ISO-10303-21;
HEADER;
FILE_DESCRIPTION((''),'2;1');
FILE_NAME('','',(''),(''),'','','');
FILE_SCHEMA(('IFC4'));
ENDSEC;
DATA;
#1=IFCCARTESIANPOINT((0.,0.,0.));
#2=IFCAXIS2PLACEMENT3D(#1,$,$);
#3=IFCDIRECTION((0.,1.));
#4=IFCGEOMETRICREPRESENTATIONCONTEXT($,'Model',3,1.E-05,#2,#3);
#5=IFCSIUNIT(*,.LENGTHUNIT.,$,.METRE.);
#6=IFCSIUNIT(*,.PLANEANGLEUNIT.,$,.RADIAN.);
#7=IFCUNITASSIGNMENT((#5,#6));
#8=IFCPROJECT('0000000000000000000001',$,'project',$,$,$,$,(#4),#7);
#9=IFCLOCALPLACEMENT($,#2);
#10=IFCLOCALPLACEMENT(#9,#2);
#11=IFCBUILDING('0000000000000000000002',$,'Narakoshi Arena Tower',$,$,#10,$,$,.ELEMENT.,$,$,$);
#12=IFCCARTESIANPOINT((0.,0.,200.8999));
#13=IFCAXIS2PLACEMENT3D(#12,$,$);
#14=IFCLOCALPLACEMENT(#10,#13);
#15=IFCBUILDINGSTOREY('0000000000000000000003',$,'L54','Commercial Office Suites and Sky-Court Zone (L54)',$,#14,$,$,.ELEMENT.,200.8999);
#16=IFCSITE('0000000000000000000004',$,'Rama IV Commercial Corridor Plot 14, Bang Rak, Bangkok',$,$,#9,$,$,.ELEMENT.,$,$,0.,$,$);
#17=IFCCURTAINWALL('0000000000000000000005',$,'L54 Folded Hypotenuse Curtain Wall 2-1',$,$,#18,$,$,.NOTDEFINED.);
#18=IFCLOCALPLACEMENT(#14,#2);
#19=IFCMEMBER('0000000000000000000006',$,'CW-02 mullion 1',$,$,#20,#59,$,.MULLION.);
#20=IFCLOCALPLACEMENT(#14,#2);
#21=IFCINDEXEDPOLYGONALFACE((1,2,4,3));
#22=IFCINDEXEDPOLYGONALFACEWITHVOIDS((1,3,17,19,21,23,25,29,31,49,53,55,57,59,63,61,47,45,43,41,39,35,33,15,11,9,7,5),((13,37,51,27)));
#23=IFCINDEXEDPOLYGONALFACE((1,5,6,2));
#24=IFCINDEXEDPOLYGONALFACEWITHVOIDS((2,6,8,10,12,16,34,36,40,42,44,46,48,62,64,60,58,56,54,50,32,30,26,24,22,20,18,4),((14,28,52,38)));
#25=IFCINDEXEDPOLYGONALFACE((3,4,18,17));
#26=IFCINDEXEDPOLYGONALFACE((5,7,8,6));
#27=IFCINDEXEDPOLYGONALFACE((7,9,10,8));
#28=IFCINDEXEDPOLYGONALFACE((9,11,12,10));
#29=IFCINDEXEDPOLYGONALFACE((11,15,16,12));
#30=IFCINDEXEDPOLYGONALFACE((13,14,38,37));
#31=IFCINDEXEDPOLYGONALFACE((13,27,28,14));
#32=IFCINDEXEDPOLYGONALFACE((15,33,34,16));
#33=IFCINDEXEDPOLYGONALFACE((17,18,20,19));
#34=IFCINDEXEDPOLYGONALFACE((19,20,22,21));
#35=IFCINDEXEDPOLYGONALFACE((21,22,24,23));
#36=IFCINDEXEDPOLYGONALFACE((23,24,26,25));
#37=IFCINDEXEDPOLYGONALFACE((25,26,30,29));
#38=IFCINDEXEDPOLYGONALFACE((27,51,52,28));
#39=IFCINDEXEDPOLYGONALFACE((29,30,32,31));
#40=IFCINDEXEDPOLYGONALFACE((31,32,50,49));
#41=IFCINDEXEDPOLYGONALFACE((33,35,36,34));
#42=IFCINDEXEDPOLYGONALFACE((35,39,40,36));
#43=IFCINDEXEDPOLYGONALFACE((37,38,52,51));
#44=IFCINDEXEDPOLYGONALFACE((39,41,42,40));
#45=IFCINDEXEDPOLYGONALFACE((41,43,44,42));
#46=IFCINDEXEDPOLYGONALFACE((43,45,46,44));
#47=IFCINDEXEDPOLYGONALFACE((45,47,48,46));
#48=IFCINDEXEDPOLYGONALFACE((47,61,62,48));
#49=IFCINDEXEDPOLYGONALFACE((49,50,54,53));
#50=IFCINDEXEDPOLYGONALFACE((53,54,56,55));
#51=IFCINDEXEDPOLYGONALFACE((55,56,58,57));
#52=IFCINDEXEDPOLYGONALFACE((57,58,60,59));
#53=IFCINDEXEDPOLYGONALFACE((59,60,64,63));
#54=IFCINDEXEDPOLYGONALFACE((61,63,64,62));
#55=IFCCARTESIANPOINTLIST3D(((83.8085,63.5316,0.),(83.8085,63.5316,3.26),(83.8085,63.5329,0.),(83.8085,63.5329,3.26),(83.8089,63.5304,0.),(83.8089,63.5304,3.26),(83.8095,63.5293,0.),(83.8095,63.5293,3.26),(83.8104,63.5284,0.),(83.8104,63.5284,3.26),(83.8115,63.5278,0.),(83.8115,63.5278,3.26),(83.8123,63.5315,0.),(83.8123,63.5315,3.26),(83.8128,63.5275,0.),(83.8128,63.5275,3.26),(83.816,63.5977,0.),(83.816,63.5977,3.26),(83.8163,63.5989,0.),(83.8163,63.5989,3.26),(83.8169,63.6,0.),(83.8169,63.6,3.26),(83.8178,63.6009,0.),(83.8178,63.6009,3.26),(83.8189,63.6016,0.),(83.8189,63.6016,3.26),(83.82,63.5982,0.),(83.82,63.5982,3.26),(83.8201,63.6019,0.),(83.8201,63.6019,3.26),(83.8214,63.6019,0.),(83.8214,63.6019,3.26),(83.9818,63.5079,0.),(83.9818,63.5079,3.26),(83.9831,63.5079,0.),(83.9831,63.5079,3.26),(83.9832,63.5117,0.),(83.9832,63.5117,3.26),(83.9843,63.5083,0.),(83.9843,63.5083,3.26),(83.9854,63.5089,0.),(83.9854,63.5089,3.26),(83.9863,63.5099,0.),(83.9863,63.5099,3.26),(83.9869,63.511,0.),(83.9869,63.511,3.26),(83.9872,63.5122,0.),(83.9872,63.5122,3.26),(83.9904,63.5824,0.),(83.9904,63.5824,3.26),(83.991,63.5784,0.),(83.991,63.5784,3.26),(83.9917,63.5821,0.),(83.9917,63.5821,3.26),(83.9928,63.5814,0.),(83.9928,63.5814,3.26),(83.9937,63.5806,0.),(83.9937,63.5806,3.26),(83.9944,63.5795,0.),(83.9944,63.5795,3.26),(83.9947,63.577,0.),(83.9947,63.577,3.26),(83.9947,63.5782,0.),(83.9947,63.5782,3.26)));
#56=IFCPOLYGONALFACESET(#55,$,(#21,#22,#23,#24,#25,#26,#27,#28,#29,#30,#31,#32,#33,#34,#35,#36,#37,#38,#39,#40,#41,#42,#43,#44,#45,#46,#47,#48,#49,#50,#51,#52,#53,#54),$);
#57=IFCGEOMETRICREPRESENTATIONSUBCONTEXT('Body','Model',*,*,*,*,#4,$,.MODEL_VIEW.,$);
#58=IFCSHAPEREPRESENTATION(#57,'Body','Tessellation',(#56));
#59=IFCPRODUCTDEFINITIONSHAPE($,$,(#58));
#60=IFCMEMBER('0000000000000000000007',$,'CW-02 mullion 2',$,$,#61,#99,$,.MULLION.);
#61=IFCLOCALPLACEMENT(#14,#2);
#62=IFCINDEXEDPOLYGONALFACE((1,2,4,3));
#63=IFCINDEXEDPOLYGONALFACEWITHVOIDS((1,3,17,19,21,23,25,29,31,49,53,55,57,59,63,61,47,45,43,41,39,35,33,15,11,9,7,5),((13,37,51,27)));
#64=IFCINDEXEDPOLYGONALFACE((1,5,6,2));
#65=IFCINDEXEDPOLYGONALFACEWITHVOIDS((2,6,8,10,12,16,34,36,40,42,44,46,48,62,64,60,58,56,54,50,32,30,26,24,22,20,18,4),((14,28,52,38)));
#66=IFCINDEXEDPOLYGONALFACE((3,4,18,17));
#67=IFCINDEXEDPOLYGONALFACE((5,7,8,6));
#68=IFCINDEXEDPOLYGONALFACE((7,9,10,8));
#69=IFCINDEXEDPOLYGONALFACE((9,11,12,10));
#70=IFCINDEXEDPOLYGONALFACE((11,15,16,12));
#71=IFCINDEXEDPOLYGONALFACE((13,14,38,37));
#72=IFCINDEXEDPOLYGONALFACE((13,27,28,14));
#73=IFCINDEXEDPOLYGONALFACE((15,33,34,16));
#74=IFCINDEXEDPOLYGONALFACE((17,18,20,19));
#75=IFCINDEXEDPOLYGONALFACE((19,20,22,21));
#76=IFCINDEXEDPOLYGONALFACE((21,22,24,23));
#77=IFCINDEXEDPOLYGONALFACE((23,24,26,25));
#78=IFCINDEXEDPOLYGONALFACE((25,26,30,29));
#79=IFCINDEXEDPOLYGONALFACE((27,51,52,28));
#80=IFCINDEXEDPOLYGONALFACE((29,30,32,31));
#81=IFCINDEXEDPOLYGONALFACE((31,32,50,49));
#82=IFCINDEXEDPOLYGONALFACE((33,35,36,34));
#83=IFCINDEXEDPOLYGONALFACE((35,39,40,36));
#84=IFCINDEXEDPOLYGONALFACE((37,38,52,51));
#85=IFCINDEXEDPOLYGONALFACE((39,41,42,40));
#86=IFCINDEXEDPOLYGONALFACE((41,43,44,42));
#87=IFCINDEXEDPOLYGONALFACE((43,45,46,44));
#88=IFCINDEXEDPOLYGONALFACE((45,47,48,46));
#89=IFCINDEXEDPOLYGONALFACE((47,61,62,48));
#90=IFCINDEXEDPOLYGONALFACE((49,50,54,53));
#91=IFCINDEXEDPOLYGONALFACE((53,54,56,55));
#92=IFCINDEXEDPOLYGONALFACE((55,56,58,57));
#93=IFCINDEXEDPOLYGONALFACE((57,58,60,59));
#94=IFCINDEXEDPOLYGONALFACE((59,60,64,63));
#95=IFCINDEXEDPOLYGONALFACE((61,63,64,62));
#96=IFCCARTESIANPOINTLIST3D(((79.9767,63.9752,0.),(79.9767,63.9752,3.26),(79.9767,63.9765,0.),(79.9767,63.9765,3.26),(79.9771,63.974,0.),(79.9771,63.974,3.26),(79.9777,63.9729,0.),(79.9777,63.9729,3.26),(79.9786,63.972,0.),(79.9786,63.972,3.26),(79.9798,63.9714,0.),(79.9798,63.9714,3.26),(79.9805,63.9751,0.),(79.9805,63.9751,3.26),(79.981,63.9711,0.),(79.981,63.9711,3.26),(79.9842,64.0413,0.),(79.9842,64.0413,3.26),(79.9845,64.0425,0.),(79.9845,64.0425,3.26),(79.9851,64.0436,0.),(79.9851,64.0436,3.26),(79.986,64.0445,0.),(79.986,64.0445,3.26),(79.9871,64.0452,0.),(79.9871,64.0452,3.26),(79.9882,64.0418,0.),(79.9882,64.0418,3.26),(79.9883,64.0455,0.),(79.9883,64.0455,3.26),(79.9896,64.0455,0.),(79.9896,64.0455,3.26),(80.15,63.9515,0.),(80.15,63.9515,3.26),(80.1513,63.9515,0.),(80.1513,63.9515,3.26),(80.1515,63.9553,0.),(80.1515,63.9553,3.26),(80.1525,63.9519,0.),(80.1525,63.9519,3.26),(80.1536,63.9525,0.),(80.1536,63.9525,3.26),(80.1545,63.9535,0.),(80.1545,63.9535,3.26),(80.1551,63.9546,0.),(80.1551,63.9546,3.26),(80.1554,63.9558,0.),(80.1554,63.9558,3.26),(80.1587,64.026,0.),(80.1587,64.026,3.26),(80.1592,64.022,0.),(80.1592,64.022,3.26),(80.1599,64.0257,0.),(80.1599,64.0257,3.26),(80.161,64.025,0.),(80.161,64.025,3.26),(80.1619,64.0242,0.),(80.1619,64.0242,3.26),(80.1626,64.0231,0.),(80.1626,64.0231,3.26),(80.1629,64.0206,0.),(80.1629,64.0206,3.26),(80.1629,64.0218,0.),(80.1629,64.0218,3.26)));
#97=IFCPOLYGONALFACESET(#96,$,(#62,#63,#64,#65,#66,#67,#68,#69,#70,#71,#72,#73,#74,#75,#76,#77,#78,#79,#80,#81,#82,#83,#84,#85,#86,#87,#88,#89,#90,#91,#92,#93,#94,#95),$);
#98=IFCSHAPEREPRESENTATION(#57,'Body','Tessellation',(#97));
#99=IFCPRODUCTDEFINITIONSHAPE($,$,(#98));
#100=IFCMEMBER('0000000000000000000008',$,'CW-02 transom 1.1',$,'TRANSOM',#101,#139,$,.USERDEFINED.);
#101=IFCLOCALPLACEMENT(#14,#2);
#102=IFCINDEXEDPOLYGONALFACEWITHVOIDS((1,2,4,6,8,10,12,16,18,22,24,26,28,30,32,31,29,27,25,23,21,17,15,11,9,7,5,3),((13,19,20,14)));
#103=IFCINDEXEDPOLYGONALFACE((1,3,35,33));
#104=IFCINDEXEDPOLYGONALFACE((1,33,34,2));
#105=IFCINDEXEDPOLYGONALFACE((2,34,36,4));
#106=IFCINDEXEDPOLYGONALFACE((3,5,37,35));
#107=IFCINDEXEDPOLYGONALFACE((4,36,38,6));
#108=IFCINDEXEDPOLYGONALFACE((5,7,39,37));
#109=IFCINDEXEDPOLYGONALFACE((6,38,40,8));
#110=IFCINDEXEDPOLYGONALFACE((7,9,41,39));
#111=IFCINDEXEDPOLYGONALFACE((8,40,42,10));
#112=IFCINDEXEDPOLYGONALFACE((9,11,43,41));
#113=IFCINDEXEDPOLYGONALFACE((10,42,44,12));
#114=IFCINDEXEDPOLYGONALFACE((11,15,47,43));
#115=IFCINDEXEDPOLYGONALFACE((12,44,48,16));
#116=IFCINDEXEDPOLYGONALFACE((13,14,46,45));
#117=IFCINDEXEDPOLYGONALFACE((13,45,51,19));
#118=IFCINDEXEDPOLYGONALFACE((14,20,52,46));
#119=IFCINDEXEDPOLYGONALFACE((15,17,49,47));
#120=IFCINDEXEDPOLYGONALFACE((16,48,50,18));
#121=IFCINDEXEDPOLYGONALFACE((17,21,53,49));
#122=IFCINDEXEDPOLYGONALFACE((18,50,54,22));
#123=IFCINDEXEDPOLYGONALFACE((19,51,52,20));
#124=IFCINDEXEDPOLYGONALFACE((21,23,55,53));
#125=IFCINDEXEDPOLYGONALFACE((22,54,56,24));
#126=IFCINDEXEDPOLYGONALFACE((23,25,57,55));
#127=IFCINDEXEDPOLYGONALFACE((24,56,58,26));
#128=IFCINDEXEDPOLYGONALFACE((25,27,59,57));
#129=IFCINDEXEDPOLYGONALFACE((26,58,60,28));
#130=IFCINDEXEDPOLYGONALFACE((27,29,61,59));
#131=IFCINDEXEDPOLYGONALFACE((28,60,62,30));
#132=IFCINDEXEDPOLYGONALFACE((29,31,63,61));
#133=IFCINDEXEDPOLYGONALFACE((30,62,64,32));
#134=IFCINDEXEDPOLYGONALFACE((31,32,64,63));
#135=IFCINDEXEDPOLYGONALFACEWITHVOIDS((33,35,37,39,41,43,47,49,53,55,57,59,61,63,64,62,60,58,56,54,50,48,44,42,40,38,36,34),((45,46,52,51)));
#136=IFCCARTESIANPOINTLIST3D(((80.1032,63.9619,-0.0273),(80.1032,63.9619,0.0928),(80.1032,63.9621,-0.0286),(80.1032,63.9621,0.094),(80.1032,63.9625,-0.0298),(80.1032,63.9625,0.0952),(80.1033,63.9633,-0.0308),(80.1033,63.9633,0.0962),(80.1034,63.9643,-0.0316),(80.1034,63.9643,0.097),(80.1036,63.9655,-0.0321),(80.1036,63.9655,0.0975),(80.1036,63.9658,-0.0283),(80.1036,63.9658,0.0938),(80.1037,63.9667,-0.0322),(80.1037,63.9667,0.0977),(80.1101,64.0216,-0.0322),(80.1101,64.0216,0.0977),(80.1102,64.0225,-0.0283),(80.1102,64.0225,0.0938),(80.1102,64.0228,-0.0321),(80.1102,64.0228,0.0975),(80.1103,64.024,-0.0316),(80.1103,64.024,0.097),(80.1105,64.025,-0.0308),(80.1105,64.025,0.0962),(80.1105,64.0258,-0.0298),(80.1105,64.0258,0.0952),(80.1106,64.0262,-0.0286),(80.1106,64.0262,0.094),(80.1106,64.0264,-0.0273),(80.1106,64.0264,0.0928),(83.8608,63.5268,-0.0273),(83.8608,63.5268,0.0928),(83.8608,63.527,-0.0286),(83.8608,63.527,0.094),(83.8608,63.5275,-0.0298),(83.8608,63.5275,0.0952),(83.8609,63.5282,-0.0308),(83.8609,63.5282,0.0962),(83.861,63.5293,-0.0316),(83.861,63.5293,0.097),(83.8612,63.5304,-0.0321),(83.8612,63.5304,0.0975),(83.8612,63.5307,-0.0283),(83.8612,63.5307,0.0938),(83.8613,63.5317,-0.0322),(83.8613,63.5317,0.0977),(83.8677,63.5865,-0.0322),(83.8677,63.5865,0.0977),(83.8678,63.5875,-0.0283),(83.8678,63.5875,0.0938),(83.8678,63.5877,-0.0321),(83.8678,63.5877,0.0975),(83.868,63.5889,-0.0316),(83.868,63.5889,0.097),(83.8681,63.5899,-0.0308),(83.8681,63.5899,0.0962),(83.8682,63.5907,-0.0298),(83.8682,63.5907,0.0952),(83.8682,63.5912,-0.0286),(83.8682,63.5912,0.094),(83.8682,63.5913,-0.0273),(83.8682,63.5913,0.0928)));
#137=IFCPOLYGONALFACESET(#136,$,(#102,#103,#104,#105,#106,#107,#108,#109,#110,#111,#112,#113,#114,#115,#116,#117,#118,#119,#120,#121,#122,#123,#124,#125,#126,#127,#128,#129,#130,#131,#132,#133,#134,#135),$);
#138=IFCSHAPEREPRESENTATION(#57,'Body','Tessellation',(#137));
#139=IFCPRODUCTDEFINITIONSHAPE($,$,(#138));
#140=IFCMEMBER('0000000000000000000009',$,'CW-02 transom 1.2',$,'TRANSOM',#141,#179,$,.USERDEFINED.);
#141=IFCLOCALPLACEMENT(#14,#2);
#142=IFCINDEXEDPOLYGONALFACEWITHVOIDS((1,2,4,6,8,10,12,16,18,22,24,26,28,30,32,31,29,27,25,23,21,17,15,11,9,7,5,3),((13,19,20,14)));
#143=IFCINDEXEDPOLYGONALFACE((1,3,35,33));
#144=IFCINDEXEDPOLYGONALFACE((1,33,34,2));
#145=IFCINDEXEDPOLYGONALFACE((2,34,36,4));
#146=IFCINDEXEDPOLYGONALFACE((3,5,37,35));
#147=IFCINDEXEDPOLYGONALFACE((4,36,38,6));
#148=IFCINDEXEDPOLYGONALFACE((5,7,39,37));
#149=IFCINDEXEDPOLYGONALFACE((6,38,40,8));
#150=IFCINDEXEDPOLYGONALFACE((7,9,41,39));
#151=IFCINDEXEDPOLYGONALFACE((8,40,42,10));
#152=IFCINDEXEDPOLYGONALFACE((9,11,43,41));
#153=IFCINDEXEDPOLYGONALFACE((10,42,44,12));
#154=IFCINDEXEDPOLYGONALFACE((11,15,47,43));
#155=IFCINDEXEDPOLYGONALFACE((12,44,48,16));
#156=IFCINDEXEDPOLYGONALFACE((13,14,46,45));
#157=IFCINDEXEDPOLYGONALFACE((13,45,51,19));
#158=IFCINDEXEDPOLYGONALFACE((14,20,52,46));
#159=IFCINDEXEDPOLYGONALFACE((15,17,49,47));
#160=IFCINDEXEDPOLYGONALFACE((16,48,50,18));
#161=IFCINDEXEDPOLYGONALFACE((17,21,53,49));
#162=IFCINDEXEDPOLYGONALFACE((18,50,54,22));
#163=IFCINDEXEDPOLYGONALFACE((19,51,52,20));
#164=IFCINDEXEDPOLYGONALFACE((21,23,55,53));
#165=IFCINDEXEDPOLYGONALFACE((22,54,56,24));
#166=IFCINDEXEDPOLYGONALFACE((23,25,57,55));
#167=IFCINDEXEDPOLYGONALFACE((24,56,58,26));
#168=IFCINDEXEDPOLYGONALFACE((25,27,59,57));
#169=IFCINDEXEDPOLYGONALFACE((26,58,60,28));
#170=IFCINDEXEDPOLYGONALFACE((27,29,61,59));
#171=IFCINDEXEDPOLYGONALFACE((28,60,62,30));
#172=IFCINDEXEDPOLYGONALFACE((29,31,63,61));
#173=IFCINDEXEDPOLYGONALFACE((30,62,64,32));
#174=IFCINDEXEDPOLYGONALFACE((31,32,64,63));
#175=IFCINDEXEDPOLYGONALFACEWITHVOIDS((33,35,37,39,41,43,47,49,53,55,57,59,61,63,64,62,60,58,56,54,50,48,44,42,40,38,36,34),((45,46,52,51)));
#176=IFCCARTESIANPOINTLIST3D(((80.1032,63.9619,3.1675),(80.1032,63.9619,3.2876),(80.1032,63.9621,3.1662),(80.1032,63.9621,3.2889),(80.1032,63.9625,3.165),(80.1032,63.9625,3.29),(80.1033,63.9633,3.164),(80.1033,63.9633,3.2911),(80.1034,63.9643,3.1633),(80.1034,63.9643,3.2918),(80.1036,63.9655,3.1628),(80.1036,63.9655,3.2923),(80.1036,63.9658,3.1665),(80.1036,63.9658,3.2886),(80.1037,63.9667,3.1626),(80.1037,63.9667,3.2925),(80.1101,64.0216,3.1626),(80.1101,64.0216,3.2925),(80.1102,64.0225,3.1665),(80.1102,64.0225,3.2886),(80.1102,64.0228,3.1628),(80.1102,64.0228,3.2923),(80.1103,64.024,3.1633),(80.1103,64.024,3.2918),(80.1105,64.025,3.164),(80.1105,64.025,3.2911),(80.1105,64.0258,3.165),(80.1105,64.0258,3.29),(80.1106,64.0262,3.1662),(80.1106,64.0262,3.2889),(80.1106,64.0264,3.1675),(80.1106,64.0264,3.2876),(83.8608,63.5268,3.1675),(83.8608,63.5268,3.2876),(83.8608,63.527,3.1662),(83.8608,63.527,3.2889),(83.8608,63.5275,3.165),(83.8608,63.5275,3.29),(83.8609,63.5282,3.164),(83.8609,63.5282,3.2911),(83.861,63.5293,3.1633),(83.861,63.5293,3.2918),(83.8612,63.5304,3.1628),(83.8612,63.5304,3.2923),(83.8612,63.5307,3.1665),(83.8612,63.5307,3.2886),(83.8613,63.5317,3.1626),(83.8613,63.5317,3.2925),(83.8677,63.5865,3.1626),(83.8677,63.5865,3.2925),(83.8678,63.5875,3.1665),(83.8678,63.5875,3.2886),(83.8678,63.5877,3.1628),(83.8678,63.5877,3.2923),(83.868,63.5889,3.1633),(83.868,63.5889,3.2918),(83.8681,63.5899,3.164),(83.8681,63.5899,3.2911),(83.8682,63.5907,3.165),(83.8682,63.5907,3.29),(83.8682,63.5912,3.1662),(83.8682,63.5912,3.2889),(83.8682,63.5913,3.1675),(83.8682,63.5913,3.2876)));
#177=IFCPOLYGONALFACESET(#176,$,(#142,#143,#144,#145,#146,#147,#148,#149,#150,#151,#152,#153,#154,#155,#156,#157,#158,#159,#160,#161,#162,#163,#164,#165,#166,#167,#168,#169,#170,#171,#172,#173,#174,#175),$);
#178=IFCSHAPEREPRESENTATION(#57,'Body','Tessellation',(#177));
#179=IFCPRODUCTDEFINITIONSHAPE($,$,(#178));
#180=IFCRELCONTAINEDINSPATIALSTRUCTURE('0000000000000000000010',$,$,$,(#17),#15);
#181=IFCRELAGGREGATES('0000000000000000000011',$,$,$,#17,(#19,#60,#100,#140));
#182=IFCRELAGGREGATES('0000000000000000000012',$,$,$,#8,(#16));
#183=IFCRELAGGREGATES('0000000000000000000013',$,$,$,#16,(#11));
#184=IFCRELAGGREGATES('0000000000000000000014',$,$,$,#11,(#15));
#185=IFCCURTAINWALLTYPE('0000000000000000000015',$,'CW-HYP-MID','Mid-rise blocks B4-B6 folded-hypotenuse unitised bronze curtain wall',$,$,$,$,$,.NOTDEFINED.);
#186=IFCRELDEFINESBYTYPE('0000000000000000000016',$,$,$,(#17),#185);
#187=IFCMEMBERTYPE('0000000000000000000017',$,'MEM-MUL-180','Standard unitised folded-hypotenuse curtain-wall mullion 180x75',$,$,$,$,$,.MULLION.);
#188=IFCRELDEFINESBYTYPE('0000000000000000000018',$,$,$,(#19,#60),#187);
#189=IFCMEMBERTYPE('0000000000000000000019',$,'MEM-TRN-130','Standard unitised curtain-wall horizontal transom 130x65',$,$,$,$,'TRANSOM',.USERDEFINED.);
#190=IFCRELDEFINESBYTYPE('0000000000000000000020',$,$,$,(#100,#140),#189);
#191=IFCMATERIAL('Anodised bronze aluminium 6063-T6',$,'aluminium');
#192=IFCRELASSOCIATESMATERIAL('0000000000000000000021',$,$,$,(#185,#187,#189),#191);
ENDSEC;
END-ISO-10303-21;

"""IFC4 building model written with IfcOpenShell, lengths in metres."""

from ifc_helpers import new_model, si_unit, direction, frame, origin, origin_2d, place, context, subcontext, project, spatial, hollow_rectangle, extrude, material, material_profile, profile_set, type_object, element, aggregate, save


model = new_model("IFC4")

# Units and contexts
model_context = context("Model", 3, precision=1e-05, world=origin(), true_north=direction((0.0, 1.0)))
body_context = subcontext(model_context, "Body", "Model", "MODEL_VIEW")
ifc_project = project(units=[si_unit("LENGTHUNIT", "METRE"), si_unit("PLANEANGLEUNIT", "RADIAN")], contexts=[model_context])

# Site, building, storey
site_placement = place(None, origin())
site = spatial("IfcSite", under=ifc_project, at=site_placement, Name="Rama IV Commercial Corridor Plot 14, Bang Rak, Bangkok", CompositionType="ELEMENT", RefElevation=0.0)
building_placement = place(site_placement, origin())
building = spatial("IfcBuilding", under=site, at=building_placement, Name="Narakoshi Arena Tower", CompositionType="ELEMENT")
storey_placement = place(building_placement, frame((0.0, 0.0, 200.8999)))
storey = spatial("IfcBuildingStorey", under=building, at=storey_placement, Name="L54", Description="Commercial Office Suites and Sky-Court Zone (L54)", CompositionType="ELEMENT", Elevation=200.8999)

# Curtain wall, members
ifc_material_1 = material(Name="Anodised bronze aluminium 6063-T6", Category="aluminium")
curtain_wall_type = type_object("IfcCurtainWallType", Name="CW-HYP-MID", Description="Mid-rise blocks B4-B6 folded-hypotenuse unitised bronze curtain wall", PredefinedType="NOTDEFINED", material=ifc_material_1)
curtain_wall_placement = place(storey_placement, origin())
curtain_wall = element("IfcCurtainWall", 1, at=curtain_wall_placement, inside=storey, type_object=curtain_wall_type, Name="L54 Folded Hypotenuse Curtain Wall 2-1", PredefinedType="NOTDEFINED")
ifc_material_profile_1 = material_profile(ifc_material_1, hollow_rectangle(XDim=0.075, YDim=0.1799, WallThickness=0.0039, OuterFilletRadius=0.0049, at=origin_2d()), Name="MUL180x75x4")
ifc_profile_set_1 = profile_set([ifc_material_profile_1], Name="Anodised bronze aluminium 6063-T6")
member_type_1 = type_object("IfcMemberType", Name="MEM-MUL-180", Description="Standard unitised folded-hypotenuse curtain-wall mullion 180x75", PredefinedType="MULLION", material=ifc_profile_set_1)
member_1_placement = place(storey_placement, frame((83.9016, 63.5549, 0.0), z_axis=(0.0, 0.0, 1.0), x_axis=(-0.115011, -0.993364, 0.0)))
member_1 = element("IfcMember", 2, at=member_1_placement, type_object=member_type_1, Name="CW-02 mullion 1", PredefinedType="MULLION", context=body_context, shape_type="SweptSolid", body=[
    extrude(hollow_rectangle(XDim=0.075, YDim=0.1799, WallThickness=0.0039, OuterFilletRadius=0.0049, at=origin_2d()), origin(), (0.0, 0.0, 1.0), 3.26),
])
member_2_placement = place(storey_placement, frame((80.0698, 63.9985, 0.0), z_axis=(0.0, 0.0, 1.0), x_axis=(-0.115011, -0.993364, 0.0)))
member_2 = element("IfcMember", 3, at=member_2_placement, type_object=member_type_1, Name="CW-02 mullion 2", PredefinedType="MULLION", context=body_context, shape_type="SweptSolid", body=[
    extrude(hollow_rectangle(XDim=0.075, YDim=0.1799, WallThickness=0.0039, OuterFilletRadius=0.0049, at=origin_2d()), origin(), (0.0, 0.0, 1.0), 3.26),
])
ifc_material_profile_2 = material_profile(ifc_material_1, hollow_rectangle(XDim=0.0649, YDim=0.1299, WallThickness=0.0039, OuterFilletRadius=0.0049, at=origin_2d()), Name="TRN130x65x4")
ifc_profile_set_2 = profile_set([ifc_material_profile_2], Name="Anodised bronze aluminium 6063-T6")
member_type_2 = type_object("IfcMemberType", Name="MEM-TRN-130", Description="Standard unitised curtain-wall horizontal transom 130x65", ElementType="TRANSOM", PredefinedType="USERDEFINED", material=ifc_profile_set_2)
member_3_placement = place(storey_placement, frame((83.8645, 63.5591, 0.0327), z_axis=(-0.993364, 0.115014, 0.0), x_axis=(-0.115014, -0.993364, 0.0)))
member_3 = element("IfcMember", 4, at=member_3_placement, type_object=member_type_2, Name="CW-02 transom 1.1", ObjectType="TRANSOM", PredefinedType="USERDEFINED", context=body_context, shape_type="SweptSolid", body=[
    extrude(hollow_rectangle(XDim=0.0649, YDim=0.1299, WallThickness=0.0039, OuterFilletRadius=0.0049, at=origin_2d()), origin(), (0.0, 0.0, 1.0), 3.7827),
])
member_4_placement = place(storey_placement, frame((83.8645, 63.5591, 3.2275), z_axis=(-0.993364, 0.115014, 0.0), x_axis=(-0.115014, -0.993364, 0.0)))
member_4 = element("IfcMember", 5, at=member_4_placement, type_object=member_type_2, Name="CW-02 transom 1.2", ObjectType="TRANSOM", PredefinedType="USERDEFINED", context=body_context, shape_type="SweptSolid", body=[
    extrude(hollow_rectangle(XDim=0.0649, YDim=0.1299, WallThickness=0.0039, OuterFilletRadius=0.0049, at=origin_2d()), origin(), (0.0, 0.0, 1.0), 3.7827),
])
aggregate(curtain_wall, [member_1, member_2, member_3, member_4])

save(model, "model.ifc")
